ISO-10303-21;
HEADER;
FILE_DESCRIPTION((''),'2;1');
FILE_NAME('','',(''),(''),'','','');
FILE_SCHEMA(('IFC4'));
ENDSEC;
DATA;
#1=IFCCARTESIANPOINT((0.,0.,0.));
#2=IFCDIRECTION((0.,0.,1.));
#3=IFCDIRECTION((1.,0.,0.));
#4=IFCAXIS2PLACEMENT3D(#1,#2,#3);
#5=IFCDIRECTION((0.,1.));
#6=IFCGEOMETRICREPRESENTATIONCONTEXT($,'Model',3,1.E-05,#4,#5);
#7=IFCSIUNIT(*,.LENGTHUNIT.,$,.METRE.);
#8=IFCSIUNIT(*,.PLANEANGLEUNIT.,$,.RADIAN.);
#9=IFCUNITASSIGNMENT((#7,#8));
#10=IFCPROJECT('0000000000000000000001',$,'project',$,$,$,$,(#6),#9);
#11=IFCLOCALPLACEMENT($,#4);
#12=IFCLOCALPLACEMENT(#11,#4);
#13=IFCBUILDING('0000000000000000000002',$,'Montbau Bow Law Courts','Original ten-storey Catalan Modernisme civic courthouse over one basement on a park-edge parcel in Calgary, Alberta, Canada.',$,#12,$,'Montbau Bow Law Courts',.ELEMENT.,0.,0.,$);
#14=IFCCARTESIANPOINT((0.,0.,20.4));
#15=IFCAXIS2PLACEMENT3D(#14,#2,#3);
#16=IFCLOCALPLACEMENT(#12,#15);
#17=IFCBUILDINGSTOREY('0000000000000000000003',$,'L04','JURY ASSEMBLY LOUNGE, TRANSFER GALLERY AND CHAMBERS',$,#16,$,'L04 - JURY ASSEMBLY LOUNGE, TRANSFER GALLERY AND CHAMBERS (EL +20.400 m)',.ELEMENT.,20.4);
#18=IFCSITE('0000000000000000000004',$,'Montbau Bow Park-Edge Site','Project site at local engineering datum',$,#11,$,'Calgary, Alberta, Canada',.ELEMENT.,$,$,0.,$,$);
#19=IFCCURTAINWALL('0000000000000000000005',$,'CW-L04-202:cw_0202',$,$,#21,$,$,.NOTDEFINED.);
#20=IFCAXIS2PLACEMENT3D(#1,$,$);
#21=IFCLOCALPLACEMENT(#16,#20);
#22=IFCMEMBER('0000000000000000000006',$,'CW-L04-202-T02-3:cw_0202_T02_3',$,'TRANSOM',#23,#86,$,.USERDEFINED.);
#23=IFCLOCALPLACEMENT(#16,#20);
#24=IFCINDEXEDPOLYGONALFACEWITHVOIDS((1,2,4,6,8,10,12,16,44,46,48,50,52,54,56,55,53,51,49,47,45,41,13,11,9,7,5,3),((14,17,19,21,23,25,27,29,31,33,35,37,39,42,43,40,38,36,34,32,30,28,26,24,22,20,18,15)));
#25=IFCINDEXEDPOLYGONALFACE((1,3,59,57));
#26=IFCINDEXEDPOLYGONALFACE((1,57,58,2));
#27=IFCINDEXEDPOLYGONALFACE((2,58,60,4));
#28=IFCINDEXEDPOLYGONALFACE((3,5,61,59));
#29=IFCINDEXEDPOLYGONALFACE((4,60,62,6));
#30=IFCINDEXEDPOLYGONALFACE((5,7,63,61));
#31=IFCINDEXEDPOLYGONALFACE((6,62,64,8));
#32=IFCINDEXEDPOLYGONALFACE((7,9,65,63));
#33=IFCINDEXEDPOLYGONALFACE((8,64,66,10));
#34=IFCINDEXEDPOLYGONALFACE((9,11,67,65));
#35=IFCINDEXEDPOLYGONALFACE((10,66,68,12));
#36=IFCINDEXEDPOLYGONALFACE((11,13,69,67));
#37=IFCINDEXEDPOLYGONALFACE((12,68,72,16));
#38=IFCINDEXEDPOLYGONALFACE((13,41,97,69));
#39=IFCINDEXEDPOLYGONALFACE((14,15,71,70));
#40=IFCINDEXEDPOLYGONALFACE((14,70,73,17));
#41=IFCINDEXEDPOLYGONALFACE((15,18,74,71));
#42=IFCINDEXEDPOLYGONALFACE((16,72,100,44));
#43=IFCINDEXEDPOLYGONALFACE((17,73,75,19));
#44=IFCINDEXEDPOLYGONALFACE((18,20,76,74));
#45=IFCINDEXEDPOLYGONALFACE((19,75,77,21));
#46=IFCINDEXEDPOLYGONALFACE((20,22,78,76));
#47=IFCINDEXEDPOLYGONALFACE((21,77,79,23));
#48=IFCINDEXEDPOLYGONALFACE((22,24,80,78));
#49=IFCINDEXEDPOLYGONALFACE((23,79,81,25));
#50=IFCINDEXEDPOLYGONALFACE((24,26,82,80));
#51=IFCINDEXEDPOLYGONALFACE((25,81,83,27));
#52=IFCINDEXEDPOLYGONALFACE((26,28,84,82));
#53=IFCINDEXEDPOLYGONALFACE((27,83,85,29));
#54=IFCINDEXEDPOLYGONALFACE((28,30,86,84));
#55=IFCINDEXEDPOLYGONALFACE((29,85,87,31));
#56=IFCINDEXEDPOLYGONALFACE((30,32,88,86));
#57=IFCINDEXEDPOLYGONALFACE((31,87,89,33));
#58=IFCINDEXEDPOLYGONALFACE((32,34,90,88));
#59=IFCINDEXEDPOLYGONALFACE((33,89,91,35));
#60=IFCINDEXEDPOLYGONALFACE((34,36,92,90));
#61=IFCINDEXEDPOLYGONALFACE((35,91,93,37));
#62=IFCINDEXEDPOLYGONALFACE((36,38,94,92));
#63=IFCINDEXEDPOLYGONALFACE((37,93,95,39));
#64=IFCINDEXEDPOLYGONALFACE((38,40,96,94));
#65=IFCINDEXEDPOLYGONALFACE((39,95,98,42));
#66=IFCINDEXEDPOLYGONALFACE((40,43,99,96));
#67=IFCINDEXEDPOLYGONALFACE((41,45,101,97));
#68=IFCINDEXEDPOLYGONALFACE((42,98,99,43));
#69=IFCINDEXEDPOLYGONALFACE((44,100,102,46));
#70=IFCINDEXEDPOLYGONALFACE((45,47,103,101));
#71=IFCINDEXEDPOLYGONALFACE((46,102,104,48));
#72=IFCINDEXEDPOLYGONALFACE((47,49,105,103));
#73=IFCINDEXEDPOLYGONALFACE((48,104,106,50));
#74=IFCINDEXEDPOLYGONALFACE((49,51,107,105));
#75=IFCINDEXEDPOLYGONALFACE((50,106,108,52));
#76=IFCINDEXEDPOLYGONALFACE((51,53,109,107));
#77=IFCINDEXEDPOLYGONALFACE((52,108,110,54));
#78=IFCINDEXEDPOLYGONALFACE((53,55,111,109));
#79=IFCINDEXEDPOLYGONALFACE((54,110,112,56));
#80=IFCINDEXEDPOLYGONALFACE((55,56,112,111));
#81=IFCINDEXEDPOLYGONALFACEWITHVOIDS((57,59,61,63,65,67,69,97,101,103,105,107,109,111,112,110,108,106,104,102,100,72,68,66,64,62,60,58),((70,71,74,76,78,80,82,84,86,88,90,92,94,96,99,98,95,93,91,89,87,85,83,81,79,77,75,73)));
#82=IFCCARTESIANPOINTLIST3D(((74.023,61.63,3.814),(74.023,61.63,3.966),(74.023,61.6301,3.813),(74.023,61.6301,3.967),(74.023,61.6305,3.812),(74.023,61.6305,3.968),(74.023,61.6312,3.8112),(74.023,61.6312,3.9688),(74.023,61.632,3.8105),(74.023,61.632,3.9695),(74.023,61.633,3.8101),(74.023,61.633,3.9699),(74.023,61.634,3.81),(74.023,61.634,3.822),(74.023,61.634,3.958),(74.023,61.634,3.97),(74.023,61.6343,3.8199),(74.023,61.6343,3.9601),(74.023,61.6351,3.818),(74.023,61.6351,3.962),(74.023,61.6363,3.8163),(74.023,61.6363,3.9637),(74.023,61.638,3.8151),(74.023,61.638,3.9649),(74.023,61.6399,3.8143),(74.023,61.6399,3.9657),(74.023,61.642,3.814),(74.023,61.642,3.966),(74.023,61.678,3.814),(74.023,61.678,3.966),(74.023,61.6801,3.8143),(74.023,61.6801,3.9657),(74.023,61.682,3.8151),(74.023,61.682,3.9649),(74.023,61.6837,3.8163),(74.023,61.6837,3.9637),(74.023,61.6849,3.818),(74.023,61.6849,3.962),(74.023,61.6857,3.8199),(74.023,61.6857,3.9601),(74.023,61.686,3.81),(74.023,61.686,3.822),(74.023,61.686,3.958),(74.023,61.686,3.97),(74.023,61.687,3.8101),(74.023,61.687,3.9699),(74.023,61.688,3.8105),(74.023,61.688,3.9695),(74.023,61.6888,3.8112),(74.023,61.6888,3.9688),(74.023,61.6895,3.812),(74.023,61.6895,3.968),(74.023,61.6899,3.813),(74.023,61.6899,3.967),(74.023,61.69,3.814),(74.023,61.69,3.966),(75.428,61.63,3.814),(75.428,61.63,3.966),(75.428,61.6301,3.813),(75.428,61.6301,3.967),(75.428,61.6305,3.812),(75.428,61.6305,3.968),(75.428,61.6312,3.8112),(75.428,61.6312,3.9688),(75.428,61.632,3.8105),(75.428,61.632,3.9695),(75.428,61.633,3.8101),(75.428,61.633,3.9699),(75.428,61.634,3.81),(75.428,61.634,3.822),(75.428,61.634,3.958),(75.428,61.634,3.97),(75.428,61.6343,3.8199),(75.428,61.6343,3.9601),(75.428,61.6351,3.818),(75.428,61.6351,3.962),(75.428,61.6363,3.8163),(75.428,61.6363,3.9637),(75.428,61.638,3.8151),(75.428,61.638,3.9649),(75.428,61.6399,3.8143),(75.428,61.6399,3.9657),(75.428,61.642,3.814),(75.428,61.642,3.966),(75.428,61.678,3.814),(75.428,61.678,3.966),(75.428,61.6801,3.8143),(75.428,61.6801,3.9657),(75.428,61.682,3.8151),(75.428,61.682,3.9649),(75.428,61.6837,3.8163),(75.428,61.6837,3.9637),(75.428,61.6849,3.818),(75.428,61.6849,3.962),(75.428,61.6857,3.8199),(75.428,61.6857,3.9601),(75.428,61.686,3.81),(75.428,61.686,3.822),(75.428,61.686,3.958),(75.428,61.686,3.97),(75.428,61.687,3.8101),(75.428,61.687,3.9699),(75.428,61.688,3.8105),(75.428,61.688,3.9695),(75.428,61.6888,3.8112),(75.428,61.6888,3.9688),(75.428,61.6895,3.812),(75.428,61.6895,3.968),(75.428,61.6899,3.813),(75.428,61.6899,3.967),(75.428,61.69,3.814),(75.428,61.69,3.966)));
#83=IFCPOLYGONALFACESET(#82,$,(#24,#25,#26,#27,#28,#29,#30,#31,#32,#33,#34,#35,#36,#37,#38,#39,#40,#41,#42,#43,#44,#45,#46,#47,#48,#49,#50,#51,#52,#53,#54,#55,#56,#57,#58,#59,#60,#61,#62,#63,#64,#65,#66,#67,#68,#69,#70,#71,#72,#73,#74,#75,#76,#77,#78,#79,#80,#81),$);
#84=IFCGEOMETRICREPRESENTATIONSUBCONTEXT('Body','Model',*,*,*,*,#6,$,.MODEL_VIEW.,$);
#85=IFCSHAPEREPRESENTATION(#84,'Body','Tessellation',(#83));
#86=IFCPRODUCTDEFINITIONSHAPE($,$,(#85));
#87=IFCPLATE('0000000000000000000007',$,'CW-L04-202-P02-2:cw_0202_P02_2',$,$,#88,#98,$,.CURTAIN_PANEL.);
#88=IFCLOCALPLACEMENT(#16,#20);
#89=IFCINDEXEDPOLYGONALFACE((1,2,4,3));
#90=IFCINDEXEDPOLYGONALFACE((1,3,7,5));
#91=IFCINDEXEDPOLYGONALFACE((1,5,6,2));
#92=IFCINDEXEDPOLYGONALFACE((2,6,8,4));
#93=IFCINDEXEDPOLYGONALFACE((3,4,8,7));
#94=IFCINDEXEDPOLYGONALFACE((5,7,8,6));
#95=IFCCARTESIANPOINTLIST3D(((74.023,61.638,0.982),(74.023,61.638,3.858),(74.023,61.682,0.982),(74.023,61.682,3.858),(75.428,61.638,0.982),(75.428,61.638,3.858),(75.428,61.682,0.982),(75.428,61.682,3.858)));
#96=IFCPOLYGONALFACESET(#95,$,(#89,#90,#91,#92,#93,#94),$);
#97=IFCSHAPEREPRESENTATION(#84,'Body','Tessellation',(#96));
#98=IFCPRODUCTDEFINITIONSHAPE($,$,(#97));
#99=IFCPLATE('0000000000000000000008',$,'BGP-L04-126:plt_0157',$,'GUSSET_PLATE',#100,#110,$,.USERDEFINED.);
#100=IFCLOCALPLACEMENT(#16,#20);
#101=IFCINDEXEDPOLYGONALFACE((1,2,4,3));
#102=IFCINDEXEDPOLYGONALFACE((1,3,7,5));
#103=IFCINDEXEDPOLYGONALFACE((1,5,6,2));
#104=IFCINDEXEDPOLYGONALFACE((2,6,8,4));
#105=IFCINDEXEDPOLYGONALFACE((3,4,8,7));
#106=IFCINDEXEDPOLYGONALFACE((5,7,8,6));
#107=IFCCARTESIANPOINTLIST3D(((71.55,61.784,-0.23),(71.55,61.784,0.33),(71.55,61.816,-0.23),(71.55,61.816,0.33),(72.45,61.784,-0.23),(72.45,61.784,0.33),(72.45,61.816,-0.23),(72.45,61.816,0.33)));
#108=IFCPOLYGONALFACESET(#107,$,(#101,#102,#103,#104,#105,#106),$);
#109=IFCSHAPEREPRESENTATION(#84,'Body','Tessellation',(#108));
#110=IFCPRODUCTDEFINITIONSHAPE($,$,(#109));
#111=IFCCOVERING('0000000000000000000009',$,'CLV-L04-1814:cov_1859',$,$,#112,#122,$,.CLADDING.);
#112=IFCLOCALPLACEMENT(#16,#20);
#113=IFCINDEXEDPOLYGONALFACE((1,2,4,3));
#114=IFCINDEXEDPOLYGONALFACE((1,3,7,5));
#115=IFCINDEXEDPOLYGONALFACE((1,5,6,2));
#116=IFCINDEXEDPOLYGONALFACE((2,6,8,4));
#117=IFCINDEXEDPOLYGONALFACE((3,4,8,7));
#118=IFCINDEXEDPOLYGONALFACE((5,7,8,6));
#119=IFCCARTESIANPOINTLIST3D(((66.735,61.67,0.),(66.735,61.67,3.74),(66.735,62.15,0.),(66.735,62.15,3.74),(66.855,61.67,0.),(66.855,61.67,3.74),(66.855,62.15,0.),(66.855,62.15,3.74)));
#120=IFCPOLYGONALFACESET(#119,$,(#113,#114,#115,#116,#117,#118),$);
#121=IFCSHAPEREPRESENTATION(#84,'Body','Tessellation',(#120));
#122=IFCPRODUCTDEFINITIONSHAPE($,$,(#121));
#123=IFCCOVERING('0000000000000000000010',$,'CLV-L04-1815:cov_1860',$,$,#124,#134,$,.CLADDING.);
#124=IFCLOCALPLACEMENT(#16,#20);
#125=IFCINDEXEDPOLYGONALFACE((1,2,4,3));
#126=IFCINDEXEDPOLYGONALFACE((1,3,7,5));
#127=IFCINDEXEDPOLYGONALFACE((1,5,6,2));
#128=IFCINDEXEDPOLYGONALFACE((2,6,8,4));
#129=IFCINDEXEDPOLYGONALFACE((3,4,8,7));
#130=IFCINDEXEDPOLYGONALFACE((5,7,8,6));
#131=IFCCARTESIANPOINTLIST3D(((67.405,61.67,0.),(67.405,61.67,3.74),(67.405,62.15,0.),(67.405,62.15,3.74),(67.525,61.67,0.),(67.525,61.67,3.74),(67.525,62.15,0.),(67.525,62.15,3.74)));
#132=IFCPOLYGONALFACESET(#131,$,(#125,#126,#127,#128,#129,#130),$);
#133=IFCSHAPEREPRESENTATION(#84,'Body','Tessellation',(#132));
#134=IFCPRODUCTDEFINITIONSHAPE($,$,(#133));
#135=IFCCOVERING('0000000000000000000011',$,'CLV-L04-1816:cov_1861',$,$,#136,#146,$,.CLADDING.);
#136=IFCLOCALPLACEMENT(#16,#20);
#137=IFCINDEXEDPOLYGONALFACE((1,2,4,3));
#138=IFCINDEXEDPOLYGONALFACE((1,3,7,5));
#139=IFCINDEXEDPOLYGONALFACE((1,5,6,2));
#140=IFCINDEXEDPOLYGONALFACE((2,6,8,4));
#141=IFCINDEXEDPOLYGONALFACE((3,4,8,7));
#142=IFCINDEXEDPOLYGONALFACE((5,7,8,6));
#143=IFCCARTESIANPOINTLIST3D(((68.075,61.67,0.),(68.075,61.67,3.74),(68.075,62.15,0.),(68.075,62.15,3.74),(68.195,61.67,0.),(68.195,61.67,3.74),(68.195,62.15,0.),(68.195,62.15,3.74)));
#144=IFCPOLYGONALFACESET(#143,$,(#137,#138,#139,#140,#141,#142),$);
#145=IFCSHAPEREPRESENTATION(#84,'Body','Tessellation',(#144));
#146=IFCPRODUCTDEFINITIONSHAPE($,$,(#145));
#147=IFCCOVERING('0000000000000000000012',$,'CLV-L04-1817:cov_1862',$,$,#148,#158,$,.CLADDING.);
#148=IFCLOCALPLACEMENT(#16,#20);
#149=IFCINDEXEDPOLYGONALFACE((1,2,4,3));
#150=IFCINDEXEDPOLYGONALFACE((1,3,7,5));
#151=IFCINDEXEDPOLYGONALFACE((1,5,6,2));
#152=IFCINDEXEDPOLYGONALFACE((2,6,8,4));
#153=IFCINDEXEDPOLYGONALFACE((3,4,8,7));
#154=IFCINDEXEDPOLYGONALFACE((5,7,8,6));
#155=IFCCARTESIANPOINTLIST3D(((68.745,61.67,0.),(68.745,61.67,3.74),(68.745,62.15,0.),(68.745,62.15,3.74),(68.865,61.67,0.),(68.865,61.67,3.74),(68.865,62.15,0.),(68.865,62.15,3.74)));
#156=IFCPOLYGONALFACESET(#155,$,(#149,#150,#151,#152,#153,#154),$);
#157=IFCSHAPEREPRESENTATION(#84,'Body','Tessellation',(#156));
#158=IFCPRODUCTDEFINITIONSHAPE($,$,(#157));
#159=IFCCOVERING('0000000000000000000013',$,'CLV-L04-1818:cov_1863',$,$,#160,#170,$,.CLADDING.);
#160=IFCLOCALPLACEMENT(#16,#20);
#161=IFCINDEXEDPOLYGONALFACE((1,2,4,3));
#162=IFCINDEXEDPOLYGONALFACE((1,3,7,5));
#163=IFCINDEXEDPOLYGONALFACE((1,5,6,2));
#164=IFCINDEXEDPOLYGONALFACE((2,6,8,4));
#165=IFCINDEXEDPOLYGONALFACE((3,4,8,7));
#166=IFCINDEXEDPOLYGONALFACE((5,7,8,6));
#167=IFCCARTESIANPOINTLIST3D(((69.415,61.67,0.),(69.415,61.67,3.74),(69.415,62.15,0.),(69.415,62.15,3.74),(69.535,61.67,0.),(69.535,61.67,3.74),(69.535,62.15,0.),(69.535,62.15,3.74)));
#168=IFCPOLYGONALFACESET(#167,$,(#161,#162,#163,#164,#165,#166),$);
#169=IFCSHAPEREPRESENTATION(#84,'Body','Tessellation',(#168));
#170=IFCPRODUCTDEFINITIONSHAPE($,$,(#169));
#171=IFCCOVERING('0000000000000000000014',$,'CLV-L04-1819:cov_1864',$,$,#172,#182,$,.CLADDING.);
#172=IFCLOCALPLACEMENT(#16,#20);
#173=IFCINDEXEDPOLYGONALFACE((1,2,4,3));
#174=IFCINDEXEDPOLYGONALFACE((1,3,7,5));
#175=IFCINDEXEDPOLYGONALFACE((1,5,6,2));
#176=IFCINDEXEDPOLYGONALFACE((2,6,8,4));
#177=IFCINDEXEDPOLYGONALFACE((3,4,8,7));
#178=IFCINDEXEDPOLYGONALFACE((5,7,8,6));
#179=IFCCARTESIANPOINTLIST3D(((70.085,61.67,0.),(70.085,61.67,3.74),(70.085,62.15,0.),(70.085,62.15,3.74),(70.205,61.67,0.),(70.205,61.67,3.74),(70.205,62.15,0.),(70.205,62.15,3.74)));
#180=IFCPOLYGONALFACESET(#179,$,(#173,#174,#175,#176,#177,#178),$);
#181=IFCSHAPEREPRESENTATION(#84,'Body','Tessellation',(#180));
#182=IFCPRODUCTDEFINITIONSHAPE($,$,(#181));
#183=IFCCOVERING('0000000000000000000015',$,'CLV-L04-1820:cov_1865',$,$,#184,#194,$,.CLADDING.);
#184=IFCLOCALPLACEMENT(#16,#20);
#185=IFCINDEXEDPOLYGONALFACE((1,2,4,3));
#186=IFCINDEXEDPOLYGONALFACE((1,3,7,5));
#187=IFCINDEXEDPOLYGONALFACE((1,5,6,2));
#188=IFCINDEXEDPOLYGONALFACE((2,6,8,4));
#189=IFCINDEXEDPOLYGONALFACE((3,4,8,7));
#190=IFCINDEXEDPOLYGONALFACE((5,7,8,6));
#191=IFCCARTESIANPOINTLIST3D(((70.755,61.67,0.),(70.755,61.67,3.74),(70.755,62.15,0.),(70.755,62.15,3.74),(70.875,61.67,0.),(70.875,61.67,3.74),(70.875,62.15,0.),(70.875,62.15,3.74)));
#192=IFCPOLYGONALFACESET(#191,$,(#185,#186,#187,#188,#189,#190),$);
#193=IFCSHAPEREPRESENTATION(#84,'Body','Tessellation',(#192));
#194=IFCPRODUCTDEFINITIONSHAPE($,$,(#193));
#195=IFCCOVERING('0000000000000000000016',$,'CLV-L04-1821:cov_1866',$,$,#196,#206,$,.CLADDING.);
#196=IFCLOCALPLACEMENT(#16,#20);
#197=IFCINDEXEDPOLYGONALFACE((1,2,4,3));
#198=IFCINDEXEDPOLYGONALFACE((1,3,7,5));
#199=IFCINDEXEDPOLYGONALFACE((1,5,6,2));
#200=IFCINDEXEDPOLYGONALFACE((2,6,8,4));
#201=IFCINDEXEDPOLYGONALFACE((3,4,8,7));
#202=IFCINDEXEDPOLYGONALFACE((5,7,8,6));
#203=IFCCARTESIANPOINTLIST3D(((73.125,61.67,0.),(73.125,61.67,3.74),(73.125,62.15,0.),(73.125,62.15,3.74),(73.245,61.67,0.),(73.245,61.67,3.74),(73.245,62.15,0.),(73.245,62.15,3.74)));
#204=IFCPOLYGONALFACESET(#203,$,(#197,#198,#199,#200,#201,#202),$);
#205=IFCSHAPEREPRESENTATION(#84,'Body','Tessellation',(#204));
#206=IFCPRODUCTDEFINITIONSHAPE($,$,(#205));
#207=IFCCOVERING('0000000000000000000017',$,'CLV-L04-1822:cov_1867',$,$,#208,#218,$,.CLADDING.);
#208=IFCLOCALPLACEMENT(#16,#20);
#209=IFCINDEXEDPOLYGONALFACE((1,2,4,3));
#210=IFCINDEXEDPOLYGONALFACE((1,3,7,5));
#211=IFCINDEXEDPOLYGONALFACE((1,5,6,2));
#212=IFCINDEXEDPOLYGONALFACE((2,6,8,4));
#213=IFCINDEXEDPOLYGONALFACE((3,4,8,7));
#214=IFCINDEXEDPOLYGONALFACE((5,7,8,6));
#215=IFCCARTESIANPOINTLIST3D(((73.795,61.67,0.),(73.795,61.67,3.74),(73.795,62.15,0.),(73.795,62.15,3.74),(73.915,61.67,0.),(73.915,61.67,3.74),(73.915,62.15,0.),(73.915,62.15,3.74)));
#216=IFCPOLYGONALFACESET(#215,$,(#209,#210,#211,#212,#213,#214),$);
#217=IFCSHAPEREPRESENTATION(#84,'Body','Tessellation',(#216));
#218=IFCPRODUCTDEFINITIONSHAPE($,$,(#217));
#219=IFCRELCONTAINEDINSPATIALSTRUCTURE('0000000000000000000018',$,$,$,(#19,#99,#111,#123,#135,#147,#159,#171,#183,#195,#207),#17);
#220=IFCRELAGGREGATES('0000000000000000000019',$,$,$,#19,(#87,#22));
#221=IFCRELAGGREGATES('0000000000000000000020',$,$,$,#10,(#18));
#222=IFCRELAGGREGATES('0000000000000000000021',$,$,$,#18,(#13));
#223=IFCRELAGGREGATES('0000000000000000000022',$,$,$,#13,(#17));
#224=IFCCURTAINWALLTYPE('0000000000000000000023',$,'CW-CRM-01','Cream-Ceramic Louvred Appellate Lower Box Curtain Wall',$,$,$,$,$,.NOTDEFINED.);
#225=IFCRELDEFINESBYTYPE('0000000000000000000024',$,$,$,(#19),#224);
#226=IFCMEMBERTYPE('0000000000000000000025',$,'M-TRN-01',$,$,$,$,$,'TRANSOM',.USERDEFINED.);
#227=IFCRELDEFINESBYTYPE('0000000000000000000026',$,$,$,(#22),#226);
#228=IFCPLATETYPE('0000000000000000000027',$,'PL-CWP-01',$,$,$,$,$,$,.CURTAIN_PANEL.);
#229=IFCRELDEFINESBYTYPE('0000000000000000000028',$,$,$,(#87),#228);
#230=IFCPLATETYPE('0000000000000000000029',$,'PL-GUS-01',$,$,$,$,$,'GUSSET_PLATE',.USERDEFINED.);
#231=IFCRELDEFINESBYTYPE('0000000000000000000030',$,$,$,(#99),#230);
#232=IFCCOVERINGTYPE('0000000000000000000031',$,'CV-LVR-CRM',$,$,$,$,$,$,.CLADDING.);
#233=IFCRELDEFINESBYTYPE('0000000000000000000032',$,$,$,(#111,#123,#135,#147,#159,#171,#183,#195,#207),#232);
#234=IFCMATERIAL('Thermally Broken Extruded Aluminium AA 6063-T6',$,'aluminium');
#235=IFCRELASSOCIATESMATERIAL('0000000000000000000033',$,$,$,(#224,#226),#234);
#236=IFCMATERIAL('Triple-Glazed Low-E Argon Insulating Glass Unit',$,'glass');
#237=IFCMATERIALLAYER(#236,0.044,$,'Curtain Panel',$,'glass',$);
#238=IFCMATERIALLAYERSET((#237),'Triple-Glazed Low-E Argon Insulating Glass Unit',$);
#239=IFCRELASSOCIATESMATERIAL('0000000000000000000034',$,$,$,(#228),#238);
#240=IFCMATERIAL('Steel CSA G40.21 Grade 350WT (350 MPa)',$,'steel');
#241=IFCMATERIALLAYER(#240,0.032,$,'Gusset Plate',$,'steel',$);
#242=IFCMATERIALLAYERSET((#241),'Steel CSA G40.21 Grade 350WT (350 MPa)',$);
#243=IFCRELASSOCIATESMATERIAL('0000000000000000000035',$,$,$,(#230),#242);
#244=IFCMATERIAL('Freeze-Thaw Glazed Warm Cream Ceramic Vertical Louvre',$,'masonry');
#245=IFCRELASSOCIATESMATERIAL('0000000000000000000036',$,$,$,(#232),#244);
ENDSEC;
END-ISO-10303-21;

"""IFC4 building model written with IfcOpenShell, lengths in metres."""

from ifc_helpers import new_model, si_unit, direction, frame, frame_2d, origin_with_axes, origin_2d_with_axis, place, context, subcontext, project, spatial, rectangle, hollow_rectangle, extrude, material, layer, layer_set, material_profile, profile_set, type_object, element, aggregate, save


model = new_model("IFC4")

# Units and contexts
model_context = context("Model", 3, precision=1e-05, world=origin_with_axes(), true_north=direction((0.0, 1.0)))
body_context = subcontext(model_context, "Body", "Model", "MODEL_VIEW")
ifc_project = project(units=[si_unit("LENGTHUNIT", "METRE"), si_unit("PLANEANGLEUNIT", "RADIAN")], contexts=[model_context])

# Site, building, storey
site_placement = place(None, origin_with_axes())
site = spatial("IfcSite", under=ifc_project, at=site_placement, Name="Montbau Bow Park-Edge Site", Description="Project site at local engineering datum", LongName="Calgary, Alberta, Canada", CompositionType="ELEMENT", RefElevation=0.0)
building_placement = place(site_placement, origin_with_axes())
building = spatial("IfcBuilding", under=site, at=building_placement, Name="Montbau Bow Law Courts", Description="Original ten-storey Catalan Modernisme civic courthouse over one basement on a park-edge parcel in Calgary, Alberta, Canada.", LongName="Montbau Bow Law Courts", CompositionType="ELEMENT", ElevationOfRefHeight=0.0, ElevationOfTerrain=0.0)
storey_placement = place(building_placement, frame((0.0, 0.0, 20.4), z_axis=(0.0, 0.0, 1.0), x_axis=(1.0, 0.0, 0.0)))
storey = spatial("IfcBuildingStorey", under=building, at=storey_placement, Name="L04", Description="JURY ASSEMBLY LOUNGE, TRANSFER GALLERY AND CHAMBERS", LongName="L04 - JURY ASSEMBLY LOUNGE, TRANSFER GALLERY AND CHAMBERS (EL +20.400 m)", CompositionType="ELEMENT", Elevation=20.4)

# Shared definitions
ifc_material_1 = material(Name="Steel CSA G40.21 Grade 350WT (350 MPa)", Category="steel")

# Curtain wall, member, plate
ifc_material_2 = material(Name="Thermally Broken Extruded Aluminium AA 6063-T6", Category="aluminium")
curtain_wall_type = type_object("IfcCurtainWallType", Name="CW-CRM-01", Description="Cream-Ceramic Louvred Appellate Lower Box Curtain Wall", PredefinedType="NOTDEFINED", material=ifc_material_2)
curtain_wall_placement = place(None, frame((72.515, 61.66, 20.4), z_axis=(0.0, 0.0, 1.0), x_axis=(1.0, 0.0, 0.0)))
curtain_wall = element("IfcCurtainWall", 1, at=curtain_wall_placement, inside=storey, type_object=curtain_wall_type, Name="CW-L04-202:cw_0202", PredefinedType="NOTDEFINED")
ifc_material_profile_1 = material_profile(ifc_material_2, hollow_rectangle(XDim=0.06, YDim=0.16, WallThickness=0.004, InnerFilletRadius=0.008, OuterFilletRadius=0.004, at=origin_2d_with_axis()), Name="CWT-160X60", Category="Main", Priority=0)
ifc_profile_set_1 = profile_set([ifc_material_profile_1], Name="Thermally Broken Extruded Aluminium AA 6063-T6")
member_type_1 = type_object("IfcMemberType", Name="M-TRN-01", ElementType="TRANSOM", PredefinedType="USERDEFINED", material=ifc_profile_set_1)
member_1_placement = place(None, frame((74.023, 61.66, 24.29), z_axis=(1.0, 0.0, 0.0), x_axis=(0.0, 1.0, 0.0)))
member_1 = element("IfcMember", 2, at=member_1_placement, type_object=member_type_1, Name="CW-L04-202-T02-3:cw_0202_T02_3", ObjectType="TRANSOM", PredefinedType="USERDEFINED", context=body_context, shape_type="SweptSolid", body=[
    extrude(hollow_rectangle(XDim=0.06, YDim=0.16, WallThickness=0.004, InnerFilletRadius=0.008, OuterFilletRadius=0.004, at=origin_2d_with_axis()), origin_with_axes(), (0.0, 0.0, 1.0), 1.405),
])
ifc_material_3 = material(Name="Triple-Glazed Low-E Argon Insulating Glass Unit", Category="glass")
ifc_layer_1 = layer(ifc_material_3, 0.044, Name="Curtain Panel", Category="glass")
ifc_layer_set_1 = layer_set([ifc_layer_1], Name="Triple-Glazed Low-E Argon Insulating Glass Unit")
plate_type_1 = type_object("IfcPlateType", Name="PL-CWP-01", PredefinedType="CURTAIN_PANEL", material=ifc_layer_set_1)
plate_1_placement = place(None, frame((74.023, 61.66, 21.382), z_axis=(0.0, -1.0, 0.0), x_axis=(1.0, 0.0, 0.0)))
plate_1 = element("IfcPlate", 3, at=plate_1_placement, type_object=plate_type_1, Name="CW-L04-202-P02-2:cw_0202_P02_2", PredefinedType="CURTAIN_PANEL", context=body_context, shape_type="SweptSolid", body=[
    extrude(rectangle(XDim=1.405, YDim=2.876, at=frame_2d((0.7025, 1.438), x_axis=(1.0, 0.0))), frame((0.0, 0.0, -0.022), z_axis=(0.0, 0.0, 1.0), x_axis=(1.0, 0.0, 0.0)), (0.0, 0.0, 1.0), 0.044),
])
aggregate(curtain_wall, [plate_1, member_1])

# Plate
ifc_layer_2 = layer(ifc_material_1, 0.032, Name="Gusset Plate", Category="steel")
ifc_layer_set_2 = layer_set([ifc_layer_2], Name="Steel CSA G40.21 Grade 350WT (350 MPa)")
plate_type_2 = type_object("IfcPlateType", Name="PL-GUS-01", ElementType="GUSSET_PLATE", PredefinedType="USERDEFINED", material=ifc_layer_set_2)
plate_2_placement = place(None, frame((72.0, 61.8, 20.17), z_axis=(0.0, 0.0, 1.0), x_axis=(1.0, 0.0, 0.0)))
element("IfcPlate", 4, at=plate_2_placement, inside=storey, type_object=plate_type_2, Name="BGP-L04-126:plt_0157", ObjectType="GUSSET_PLATE", PredefinedType="USERDEFINED", context=body_context, shape_type="SweptSolid", body=[
    extrude(rectangle(XDim=0.9, YDim=0.032, at=origin_2d_with_axis()), origin_with_axes(), (0.0, 0.0, 1.0), 0.56),
])

# Coverings
ifc_material_4 = material(Name="Freeze-Thaw Glazed Warm Cream Ceramic Vertical Louvre", Category="masonry")
covering_type = type_object("IfcCoveringType", Name="CV-LVR-CRM", PredefinedType="CLADDING", material=ifc_material_4)
for number, where, z_axis, x_axis, name in (
    (5, (66.795, 61.67, 20.4), (1.0, 0.0, 0.0), (0.0, 1.0, 0.0), "CLV-L04-1814:cov_1859"),
    (6, (67.465, 61.67, 20.4), (1.0, 0.0, 0.0), (0.0, 1.0, 0.0), "CLV-L04-1815:cov_1860"),
    (7, (68.135, 61.67, 20.4), (1.0, 0.0, 0.0), (0.0, 1.0, 0.0), "CLV-L04-1816:cov_1861"),
    (8, (68.805, 61.67, 20.4), (1.0, 0.0, 0.0), (0.0, 1.0, 0.0), "CLV-L04-1817:cov_1862"),
    (9, (69.475, 61.67, 20.4), (1.0, 0.0, 0.0), (0.0, 1.0, 0.0), "CLV-L04-1818:cov_1863"),
    (10, (70.145, 61.67, 20.4), (1.0, 0.0, 0.0), (0.0, 1.0, 0.0), "CLV-L04-1819:cov_1864"),
    (11, (70.815, 61.67, 20.4), (1.0, 0.0, 0.0), (0.0, 1.0, 0.0), "CLV-L04-1820:cov_1865"),
    (12, (73.185, 61.67, 20.4), (1.0, 0.0, 0.0), (0.0, 1.0, 0.0), "CLV-L04-1821:cov_1866"),
    (13, (73.855, 61.67, 20.4), (1.0, 0.0, 0.0), (0.0, 1.0, 0.0), "CLV-L04-1822:cov_1867"),
):
    element("IfcCovering", number, at=place(None, frame(where, z_axis=z_axis, x_axis=x_axis)), inside=storey, type_object=covering_type, Name=name, PredefinedType="CLADDING", context=body_context, shape_type="SweptSolid", body=[
        extrude(rectangle(XDim=0.48, YDim=3.74, at=frame_2d((0.24, 1.87), x_axis=(1.0, 0.0))), frame((0.0, 0.0, -0.06), z_axis=(0.0, 0.0, 1.0), x_axis=(1.0, 0.0, 0.0)), (0.0, 0.0, 1.0), 0.12),
    ])

save(model, "model.ifc")
